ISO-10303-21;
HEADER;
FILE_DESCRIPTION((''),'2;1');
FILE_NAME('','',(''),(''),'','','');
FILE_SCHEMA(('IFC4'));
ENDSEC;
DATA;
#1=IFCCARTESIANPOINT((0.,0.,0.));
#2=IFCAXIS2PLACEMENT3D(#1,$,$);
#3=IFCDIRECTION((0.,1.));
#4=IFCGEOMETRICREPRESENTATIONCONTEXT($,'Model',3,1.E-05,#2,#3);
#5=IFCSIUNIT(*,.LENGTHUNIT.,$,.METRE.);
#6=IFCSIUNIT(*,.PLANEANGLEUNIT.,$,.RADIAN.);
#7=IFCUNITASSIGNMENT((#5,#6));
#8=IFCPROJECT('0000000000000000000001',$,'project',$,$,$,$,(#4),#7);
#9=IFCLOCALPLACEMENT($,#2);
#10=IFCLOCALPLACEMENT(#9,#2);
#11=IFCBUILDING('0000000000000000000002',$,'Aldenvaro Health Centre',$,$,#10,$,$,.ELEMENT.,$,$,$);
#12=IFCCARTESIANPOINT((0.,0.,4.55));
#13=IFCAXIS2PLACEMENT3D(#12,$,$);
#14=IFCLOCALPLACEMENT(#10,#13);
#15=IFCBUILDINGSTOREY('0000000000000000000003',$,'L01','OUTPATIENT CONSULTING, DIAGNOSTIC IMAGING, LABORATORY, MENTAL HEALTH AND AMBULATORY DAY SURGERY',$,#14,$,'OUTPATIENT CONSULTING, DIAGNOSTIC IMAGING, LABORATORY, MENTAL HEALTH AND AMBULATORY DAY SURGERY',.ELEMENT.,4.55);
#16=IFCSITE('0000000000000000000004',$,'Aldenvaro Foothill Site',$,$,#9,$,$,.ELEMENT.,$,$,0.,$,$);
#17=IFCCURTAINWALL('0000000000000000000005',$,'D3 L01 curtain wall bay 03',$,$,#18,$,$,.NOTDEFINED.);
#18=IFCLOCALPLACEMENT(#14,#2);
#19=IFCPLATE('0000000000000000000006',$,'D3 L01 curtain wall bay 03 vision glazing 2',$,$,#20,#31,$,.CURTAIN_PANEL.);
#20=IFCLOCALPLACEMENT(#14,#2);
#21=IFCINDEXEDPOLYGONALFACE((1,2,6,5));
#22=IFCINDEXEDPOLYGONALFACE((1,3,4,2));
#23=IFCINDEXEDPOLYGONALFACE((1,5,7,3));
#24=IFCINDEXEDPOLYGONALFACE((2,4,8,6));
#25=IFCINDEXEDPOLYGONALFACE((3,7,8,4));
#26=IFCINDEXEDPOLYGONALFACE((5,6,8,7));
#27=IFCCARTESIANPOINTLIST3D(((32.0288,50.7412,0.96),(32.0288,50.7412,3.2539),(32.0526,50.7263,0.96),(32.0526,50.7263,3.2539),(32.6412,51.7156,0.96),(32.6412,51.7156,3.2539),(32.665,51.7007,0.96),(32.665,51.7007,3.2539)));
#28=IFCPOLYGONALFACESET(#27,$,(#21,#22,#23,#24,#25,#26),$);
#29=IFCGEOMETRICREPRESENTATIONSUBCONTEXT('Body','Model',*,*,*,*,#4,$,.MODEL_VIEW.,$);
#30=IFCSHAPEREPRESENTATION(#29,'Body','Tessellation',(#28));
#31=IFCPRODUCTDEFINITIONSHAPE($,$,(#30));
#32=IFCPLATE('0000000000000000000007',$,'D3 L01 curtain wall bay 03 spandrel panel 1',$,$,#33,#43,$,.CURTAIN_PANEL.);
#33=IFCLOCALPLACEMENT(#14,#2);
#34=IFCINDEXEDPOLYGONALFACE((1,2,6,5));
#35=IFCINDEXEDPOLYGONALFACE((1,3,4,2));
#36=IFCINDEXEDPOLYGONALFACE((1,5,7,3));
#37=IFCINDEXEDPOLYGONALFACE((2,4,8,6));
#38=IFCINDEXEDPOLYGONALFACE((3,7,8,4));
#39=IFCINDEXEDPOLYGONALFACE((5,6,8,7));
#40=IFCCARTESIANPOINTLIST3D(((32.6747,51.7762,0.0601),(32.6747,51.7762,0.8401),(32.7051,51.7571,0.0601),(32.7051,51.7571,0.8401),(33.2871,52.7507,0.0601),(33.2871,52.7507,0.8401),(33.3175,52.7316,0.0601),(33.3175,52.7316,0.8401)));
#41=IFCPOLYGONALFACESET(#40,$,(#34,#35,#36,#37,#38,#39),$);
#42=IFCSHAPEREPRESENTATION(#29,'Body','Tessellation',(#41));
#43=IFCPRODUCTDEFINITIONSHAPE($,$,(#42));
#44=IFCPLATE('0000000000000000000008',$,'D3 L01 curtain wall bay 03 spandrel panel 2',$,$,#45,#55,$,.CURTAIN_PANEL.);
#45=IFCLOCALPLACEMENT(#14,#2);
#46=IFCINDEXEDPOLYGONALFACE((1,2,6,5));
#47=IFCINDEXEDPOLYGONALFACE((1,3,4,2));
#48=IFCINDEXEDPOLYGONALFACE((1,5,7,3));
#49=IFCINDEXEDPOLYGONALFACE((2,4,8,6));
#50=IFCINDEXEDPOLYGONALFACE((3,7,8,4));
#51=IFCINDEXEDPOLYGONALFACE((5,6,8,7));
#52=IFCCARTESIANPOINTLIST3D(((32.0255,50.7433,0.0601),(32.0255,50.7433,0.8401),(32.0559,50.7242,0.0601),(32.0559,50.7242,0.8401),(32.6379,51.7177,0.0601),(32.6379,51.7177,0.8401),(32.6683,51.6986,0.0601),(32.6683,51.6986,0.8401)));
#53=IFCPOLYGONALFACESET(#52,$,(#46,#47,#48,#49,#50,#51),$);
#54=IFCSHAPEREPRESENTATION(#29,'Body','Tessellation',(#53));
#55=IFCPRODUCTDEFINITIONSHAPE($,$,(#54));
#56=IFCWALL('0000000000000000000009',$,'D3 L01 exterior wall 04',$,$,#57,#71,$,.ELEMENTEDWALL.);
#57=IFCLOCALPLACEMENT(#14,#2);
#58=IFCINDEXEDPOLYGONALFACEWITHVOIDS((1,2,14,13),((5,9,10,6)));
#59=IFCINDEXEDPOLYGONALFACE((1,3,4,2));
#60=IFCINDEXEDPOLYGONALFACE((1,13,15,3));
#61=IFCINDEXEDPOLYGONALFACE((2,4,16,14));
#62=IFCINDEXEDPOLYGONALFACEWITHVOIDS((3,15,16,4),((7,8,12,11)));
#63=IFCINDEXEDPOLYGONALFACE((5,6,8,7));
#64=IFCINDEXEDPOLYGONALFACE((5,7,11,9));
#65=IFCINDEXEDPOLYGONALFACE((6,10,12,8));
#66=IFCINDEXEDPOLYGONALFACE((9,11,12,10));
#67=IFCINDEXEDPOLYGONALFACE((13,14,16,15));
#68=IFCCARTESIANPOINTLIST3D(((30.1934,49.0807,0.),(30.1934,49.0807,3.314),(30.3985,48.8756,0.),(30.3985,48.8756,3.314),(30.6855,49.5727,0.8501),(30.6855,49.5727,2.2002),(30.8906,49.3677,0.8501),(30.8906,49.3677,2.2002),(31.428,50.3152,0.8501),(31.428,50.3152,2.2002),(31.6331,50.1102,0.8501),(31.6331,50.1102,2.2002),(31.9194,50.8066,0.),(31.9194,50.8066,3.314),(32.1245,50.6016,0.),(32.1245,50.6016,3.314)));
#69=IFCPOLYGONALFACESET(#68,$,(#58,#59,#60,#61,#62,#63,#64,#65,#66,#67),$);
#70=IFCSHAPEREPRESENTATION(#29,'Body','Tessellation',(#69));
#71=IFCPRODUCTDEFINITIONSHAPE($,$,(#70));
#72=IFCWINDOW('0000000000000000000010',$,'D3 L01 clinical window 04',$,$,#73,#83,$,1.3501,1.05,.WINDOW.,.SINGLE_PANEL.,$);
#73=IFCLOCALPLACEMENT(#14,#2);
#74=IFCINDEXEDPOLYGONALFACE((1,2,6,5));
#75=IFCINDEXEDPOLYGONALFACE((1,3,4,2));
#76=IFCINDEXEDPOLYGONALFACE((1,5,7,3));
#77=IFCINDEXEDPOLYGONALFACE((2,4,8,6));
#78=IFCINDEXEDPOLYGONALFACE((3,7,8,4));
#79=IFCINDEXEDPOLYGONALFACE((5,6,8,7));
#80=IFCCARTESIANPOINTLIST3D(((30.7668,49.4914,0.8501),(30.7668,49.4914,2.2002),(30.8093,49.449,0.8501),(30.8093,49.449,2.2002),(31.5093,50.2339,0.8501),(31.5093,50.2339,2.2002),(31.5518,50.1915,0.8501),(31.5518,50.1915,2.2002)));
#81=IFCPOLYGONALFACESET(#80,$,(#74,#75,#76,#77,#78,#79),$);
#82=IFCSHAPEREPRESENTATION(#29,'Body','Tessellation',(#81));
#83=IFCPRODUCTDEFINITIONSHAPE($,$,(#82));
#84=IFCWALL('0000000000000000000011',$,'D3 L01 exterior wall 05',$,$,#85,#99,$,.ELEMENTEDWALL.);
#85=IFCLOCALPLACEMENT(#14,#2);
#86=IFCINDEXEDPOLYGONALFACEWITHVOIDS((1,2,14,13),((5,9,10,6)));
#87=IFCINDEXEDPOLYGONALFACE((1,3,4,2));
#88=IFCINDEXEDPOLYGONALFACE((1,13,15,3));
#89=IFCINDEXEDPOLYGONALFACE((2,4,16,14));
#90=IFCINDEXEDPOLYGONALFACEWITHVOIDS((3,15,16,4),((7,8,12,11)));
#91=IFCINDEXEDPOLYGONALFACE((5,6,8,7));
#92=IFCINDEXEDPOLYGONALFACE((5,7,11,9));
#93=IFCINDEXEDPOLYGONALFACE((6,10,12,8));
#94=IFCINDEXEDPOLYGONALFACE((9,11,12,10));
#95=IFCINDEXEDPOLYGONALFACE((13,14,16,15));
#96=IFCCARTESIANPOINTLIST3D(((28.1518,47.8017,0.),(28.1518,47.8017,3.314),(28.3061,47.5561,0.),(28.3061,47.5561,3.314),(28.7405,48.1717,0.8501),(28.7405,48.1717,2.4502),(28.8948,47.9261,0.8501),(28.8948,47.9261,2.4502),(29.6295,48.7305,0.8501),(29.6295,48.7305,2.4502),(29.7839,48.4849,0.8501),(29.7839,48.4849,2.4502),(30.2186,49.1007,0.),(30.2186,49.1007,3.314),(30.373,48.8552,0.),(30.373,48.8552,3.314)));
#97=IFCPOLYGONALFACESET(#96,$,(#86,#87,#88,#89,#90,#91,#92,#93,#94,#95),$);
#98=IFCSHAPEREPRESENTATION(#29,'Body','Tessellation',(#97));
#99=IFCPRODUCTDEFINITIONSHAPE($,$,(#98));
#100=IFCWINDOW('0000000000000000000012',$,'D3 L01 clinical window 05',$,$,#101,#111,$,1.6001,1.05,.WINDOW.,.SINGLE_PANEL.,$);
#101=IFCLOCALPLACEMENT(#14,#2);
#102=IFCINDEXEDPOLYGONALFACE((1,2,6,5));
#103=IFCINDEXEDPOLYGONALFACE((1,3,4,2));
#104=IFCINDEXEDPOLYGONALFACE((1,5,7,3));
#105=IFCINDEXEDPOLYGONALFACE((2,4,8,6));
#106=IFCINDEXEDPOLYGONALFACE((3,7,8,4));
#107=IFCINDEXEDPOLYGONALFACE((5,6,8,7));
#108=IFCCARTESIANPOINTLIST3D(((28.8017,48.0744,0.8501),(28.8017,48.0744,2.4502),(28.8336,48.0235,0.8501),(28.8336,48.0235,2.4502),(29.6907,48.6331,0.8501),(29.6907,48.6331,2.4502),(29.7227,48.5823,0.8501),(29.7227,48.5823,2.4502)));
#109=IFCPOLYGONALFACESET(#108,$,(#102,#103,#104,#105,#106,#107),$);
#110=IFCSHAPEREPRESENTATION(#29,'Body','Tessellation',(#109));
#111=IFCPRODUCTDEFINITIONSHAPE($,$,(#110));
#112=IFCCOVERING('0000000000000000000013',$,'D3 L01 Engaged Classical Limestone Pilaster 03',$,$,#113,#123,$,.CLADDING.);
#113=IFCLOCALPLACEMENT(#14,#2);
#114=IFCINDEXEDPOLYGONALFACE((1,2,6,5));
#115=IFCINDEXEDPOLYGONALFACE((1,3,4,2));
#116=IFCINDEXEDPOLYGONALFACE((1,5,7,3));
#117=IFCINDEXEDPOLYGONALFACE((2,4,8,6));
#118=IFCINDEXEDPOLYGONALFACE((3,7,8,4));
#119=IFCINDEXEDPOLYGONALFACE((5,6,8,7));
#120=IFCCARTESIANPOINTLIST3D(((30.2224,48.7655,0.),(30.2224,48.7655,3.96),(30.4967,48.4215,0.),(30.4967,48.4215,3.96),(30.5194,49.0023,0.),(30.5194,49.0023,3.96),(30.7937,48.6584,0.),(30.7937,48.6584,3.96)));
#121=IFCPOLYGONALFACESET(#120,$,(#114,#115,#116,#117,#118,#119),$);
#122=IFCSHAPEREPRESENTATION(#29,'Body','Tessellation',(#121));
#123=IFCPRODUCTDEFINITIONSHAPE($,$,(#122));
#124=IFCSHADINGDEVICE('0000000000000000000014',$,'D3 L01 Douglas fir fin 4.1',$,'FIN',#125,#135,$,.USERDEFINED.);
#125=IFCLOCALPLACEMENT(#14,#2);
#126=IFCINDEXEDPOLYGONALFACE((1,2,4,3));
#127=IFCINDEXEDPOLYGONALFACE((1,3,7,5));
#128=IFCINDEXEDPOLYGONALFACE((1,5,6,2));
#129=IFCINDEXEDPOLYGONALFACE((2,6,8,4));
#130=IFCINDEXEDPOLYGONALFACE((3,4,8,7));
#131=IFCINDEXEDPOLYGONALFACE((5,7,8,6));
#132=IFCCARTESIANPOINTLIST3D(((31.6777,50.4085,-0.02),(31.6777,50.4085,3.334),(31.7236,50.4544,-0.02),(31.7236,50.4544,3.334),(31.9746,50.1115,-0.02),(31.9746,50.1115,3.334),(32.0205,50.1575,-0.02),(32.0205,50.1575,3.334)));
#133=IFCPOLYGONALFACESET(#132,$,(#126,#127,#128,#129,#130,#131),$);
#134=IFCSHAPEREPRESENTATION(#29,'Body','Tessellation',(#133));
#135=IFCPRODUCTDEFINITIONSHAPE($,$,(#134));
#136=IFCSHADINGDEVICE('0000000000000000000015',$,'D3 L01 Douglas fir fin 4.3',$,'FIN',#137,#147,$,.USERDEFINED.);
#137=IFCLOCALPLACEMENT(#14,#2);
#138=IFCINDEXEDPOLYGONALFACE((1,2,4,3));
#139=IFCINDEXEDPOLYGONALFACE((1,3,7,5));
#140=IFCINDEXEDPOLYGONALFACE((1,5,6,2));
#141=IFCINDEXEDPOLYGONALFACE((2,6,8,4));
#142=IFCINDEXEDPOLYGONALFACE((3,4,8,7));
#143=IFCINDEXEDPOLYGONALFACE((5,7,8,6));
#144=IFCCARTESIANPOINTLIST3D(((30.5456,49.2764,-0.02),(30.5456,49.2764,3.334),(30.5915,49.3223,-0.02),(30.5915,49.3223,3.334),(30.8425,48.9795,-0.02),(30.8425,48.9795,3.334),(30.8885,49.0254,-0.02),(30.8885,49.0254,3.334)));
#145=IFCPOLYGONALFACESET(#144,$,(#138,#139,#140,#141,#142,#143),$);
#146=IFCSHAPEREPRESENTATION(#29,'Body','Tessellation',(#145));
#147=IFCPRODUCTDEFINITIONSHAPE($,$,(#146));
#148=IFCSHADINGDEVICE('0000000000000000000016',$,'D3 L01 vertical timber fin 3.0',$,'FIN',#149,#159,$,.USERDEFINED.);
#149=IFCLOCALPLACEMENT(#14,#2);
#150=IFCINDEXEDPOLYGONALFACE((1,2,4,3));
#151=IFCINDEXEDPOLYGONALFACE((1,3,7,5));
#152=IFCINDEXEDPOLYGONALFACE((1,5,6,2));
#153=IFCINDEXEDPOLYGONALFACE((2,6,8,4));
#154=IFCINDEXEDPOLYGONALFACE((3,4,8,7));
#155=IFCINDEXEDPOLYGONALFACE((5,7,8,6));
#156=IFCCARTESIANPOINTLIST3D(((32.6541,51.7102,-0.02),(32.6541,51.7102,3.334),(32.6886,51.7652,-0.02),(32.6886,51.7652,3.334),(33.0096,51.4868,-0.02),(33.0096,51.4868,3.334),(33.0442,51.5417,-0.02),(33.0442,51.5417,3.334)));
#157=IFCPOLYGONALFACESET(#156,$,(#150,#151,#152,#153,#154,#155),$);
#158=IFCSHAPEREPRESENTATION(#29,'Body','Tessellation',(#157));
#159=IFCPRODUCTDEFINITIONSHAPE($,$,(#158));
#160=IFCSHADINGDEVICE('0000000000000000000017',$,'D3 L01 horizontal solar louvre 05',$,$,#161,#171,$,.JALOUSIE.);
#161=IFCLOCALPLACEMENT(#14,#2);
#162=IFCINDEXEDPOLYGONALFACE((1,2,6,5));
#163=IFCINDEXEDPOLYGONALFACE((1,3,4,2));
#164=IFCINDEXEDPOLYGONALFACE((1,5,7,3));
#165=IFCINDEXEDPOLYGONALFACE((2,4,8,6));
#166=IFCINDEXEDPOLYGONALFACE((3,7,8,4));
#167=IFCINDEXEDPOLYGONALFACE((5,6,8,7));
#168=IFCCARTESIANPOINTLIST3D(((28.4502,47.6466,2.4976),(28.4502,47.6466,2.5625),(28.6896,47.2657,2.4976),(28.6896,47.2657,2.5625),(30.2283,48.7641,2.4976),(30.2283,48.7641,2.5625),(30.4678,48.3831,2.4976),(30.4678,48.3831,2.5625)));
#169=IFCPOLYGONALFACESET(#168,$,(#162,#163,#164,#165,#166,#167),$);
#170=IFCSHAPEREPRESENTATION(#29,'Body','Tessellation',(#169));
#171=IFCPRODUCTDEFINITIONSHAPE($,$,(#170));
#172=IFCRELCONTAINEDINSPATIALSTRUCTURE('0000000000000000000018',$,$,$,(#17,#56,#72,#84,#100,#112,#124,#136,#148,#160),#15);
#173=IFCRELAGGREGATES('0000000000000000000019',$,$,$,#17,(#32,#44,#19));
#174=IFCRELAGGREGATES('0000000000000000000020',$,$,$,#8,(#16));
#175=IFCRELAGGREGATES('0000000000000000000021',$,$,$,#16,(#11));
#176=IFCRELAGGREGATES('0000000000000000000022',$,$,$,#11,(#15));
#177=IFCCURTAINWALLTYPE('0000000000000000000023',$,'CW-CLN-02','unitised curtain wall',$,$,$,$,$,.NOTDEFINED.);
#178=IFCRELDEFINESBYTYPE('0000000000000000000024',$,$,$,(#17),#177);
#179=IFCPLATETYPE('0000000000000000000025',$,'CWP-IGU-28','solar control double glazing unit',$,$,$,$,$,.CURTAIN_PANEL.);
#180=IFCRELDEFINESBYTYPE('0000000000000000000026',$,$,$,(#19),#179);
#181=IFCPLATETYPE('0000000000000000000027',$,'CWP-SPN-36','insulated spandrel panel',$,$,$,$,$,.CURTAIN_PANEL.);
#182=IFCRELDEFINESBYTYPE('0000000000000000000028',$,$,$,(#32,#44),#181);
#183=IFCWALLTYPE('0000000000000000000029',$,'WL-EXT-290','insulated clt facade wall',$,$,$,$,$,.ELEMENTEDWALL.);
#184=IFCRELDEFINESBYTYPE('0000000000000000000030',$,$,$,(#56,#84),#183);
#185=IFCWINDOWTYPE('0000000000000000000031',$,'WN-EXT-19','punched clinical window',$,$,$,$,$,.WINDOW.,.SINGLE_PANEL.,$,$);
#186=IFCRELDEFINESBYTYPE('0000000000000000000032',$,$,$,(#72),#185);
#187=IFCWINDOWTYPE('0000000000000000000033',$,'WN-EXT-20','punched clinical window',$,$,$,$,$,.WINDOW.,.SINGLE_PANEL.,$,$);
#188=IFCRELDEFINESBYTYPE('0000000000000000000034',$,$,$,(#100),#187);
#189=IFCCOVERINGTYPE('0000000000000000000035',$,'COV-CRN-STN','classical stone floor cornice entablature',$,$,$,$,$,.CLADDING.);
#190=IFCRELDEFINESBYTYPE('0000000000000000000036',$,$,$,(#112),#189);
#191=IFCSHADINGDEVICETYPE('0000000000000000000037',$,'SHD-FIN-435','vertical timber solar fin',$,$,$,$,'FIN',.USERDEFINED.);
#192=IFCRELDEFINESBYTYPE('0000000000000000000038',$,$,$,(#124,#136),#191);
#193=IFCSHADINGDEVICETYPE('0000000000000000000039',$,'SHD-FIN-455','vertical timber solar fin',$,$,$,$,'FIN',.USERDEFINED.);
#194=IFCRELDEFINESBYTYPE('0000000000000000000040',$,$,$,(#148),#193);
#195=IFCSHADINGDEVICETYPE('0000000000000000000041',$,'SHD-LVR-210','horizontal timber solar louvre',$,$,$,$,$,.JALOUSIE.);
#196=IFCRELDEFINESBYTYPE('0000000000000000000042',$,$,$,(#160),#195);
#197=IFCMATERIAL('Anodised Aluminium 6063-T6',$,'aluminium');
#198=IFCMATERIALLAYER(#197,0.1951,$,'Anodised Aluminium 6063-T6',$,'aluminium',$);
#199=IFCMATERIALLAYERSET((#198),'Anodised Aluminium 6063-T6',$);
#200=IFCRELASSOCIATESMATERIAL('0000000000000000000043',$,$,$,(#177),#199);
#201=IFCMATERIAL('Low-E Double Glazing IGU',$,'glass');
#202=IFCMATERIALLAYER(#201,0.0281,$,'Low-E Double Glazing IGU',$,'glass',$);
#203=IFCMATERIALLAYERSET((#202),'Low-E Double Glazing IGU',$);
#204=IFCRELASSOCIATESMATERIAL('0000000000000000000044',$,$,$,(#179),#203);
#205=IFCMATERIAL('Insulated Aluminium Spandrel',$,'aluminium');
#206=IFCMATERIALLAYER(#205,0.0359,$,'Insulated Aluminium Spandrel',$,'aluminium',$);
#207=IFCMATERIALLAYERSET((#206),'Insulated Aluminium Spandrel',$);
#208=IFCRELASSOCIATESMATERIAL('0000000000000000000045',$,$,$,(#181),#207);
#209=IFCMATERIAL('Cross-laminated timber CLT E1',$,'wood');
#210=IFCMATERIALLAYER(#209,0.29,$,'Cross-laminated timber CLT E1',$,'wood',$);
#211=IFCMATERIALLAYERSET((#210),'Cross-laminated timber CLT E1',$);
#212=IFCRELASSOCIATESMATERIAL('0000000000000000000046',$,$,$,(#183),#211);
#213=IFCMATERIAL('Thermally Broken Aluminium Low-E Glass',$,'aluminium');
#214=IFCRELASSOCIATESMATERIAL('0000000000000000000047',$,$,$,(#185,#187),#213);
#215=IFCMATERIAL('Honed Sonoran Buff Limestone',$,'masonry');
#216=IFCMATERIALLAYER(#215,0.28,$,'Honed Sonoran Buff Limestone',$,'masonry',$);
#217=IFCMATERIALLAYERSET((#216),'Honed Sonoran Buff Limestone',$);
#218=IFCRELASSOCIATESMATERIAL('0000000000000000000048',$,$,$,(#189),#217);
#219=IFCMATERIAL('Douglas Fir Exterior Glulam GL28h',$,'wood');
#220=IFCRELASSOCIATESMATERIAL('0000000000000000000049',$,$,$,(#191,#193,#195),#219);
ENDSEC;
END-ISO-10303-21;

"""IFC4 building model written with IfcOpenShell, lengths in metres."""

from ifc_helpers import new_model, si_unit, direction, frame, frame_2d, origin, origin_2d, place, context, subcontext, project, spatial, rectangle, extrude, material, layer, layer_set, type_object, element, fill, aggregate, save


model = new_model("IFC4")

# Units and contexts
model_context = context("Model", 3, precision=1e-05, world=origin(), true_north=direction((0.0, 1.0)))
body_context = subcontext(model_context, "Body", "Model", "MODEL_VIEW")
ifc_project = project(units=[si_unit("LENGTHUNIT", "METRE"), si_unit("PLANEANGLEUNIT", "RADIAN")], contexts=[model_context])

# Site, building, storey
site_placement = place(None, origin())
site = spatial("IfcSite", under=ifc_project, at=site_placement, Name="Aldenvaro Foothill Site", CompositionType="ELEMENT", RefElevation=0.0)
building_placement = place(site_placement, origin())
building = spatial("IfcBuilding", under=site, at=building_placement, Name="Aldenvaro Health Centre", CompositionType="ELEMENT")
storey_placement = place(building_placement, frame((0.0, 0.0, 4.55)))
storey = spatial("IfcBuildingStorey", under=building, at=storey_placement, Name="L01", Description="OUTPATIENT CONSULTING, DIAGNOSTIC IMAGING, LABORATORY, MENTAL HEALTH AND AMBULATORY DAY SURGERY", LongName="OUTPATIENT CONSULTING, DIAGNOSTIC IMAGING, LABORATORY, MENTAL HEALTH AND AMBULATORY DAY SURGERY", CompositionType="ELEMENT", Elevation=4.55)

# Curtain wall
ifc_material_1 = material(Name="Anodised Aluminium 6063-T6", Category="aluminium")
ifc_layer_1 = layer(ifc_material_1, 0.1951, Name="Anodised Aluminium 6063-T6", Category="aluminium")
ifc_layer_set_1 = layer_set([ifc_layer_1], Name="Anodised Aluminium 6063-T6")
curtain_wall_type = type_object("IfcCurtainWallType", Name="CW-CLN-02", Description="unitised curtain wall", PredefinedType="NOTDEFINED", material=ifc_layer_set_1)
curtain_wall_placement = place(storey_placement, origin())
curtain_wall = element("IfcCurtainWall", 1, at=curtain_wall_placement, inside=storey, type_object=curtain_wall_type, Name="D3 L01 curtain wall bay 03", PredefinedType="NOTDEFINED")

# Plates
ifc_material_2 = material(Name="Low-E Double Glazing IGU", Category="glass")
ifc_layer_2 = layer(ifc_material_2, 0.0281, Name="Low-E Double Glazing IGU", Category="glass")
ifc_layer_set_2 = layer_set([ifc_layer_2], Name="Low-E Double Glazing IGU")
plate_type_1 = type_object("IfcPlateType", Name="CWP-IGU-28", Description="solar control double glazing unit", PredefinedType="CURTAIN_PANEL", material=ifc_layer_set_2)
plate_1_placement = place(storey_placement, frame((32.3469, 51.2209, 0.96), z_axis=(0.0, 0.0, 1.0), x_axis=(-0.532096, -0.846684, 0.0)))
plate_1 = element("IfcPlate", 2, at=plate_1_placement, type_object=plate_type_1, Name="D3 L01 curtain wall bay 03 vision glazing 2", PredefinedType="CURTAIN_PANEL", context=body_context, shape_type="SweptSolid", body=[
    extrude(rectangle(XDim=1.1509, YDim=0.0281, at=origin_2d()), origin(), (0.0, 0.0, 1.0), 2.2939),
])
ifc_material_3 = material(Name="Insulated Aluminium Spandrel", Category="aluminium")
ifc_layer_3 = layer(ifc_material_3, 0.0359, Name="Insulated Aluminium Spandrel", Category="aluminium")
ifc_layer_set_3 = layer_set([ifc_layer_3], Name="Insulated Aluminium Spandrel")
plate_type_2 = type_object("IfcPlateType", Name="CWP-SPN-36", Description="insulated spandrel panel", PredefinedType="CURTAIN_PANEL", material=ifc_layer_set_3)
plate_2_placement = place(storey_placement, frame((32.9961, 52.2539, 0.0601), z_axis=(0.0, 0.0, 1.0), x_axis=(-0.532096, -0.846684, 0.0)))
plate_2 = element("IfcPlate", 3, at=plate_2_placement, type_object=plate_type_2, Name="D3 L01 curtain wall bay 03 spandrel panel 1", PredefinedType="CURTAIN_PANEL", context=body_context, shape_type="SweptSolid", body=[
    extrude(rectangle(XDim=1.1509, YDim=0.0359, at=origin_2d()), origin(), (0.0, 0.0, 1.0), 0.78),
])
plate_3_placement = place(storey_placement, frame((32.3469, 51.2209, 0.0601), z_axis=(0.0, 0.0, 1.0), x_axis=(-0.532096, -0.846684, 0.0)))
plate_3 = element("IfcPlate", 4, at=plate_3_placement, type_object=plate_type_2, Name="D3 L01 curtain wall bay 03 spandrel panel 2", PredefinedType="CURTAIN_PANEL", context=body_context, shape_type="SweptSolid", body=[
    extrude(rectangle(XDim=1.1509, YDim=0.0359, at=origin_2d()), origin(), (0.0, 0.0, 1.0), 0.78),
])
aggregate(curtain_wall, [plate_2, plate_3, plate_1])

# Walls, openings, windows
ifc_material_4 = material(Name="Cross-laminated timber CLT E1", Category="wood")
ifc_layer_4 = layer(ifc_material_4, 0.29, Name="Cross-laminated timber CLT E1", Category="wood")
ifc_layer_set_4 = layer_set([ifc_layer_4], Name="Cross-laminated timber CLT E1")
wall_type = type_object("IfcWallType", Name="WL-EXT-290", Description="insulated clt facade wall", PredefinedType="ELEMENTEDWALL", material=ifc_layer_set_4)
wall_1_placement = place(storey_placement, frame((32.022, 50.7041, 0.0), z_axis=(0.0, 0.0, 1.0), x_axis=(-0.707107, -0.707107, 0.0)))
wall_1 = element("IfcWall", 5, at=wall_1_placement, inside=storey, type_object=wall_type, Name="D3 L01 exterior wall 04", PredefinedType="ELEMENTEDWALL", context=body_context, shape_type="SweptSolid", body=[
    extrude(rectangle(XDim=2.4409, YDim=0.29, at=frame_2d((1.2205, 0.0))), origin(), (0.0, 0.0, 1.0), 3.314),
])
opening_1_placement = place(wall_1_placement, frame((0.6951, 0.0, 0.8501)))
opening_1 = element("IfcOpeningElement", 6, at=opening_1_placement, cuts=wall_1, PredefinedType="OPENING", context=body_context, shape_type="SweptSolid", body=[
    extrude(rectangle(XDim=1.05, YDim=1.3501, at=frame_2d((0.5249, 0.675))), frame((0.0, 0.155, 0.0), z_axis=(0.0, -1.0, 0.0), x_axis=(1.0, 0.0, 0.0)), (0.0, 0.0, 1.0), 0.3101),
])
ifc_material_5 = material(Name="Thermally Broken Aluminium Low-E Glass", Category="aluminium")
window_type_1 = type_object("IfcWindowType", Name="WN-EXT-19", Description="punched clinical window", PartitioningType="SINGLE_PANEL", PredefinedType="WINDOW", material=ifc_material_5)
window_1_placement = place(opening_1_placement, origin())
window_1 = element("IfcWindow", 7, at=window_1_placement, inside=storey, type_object=window_type_1, Name="D3 L01 clinical window 04", OverallHeight=1.3501, OverallWidth=1.05, PartitioningType="SINGLE_PANEL", PredefinedType="WINDOW", context=body_context, shape_type="SweptSolid", body=[
    extrude(rectangle(XDim=1.05, YDim=1.3501, at=frame_2d((0.5249, 0.675))), frame((0.0, 0.03, 0.0), z_axis=(0.0, -1.0, 0.0), x_axis=(1.0, 0.0, 0.0)), (0.0, 0.0, 1.0), 0.0601),
])
fill(opening_1, window_1)
wall_2_placement = place(storey_placement, frame((30.2959, 48.978, 0.0), z_axis=(0.0, 0.0, 1.0), x_axis=(-0.846658, -0.532137, 0.0)))
wall_2 = element("IfcWall", 8, at=wall_2_placement, inside=storey, type_object=wall_type, Name="D3 L01 exterior wall 05", PredefinedType="ELEMENTEDWALL", context=body_context, shape_type="SweptSolid", body=[
    extrude(rectangle(XDim=2.4412, YDim=0.29, at=frame_2d((1.2207, 0.0))), origin(), (0.0, 0.0, 1.0), 3.314),
])
opening_2_placement = place(wall_2_placement, frame((0.696, 0.0, 0.8501)))
opening_2 = element("IfcOpeningElement", 9, at=opening_2_placement, cuts=wall_2, PredefinedType="OPENING", context=body_context, shape_type="SweptSolid", body=[
    extrude(rectangle(XDim=1.05, YDim=1.6001, at=frame_2d((0.5249, 0.8))), frame((0.0, 0.155, 0.0), z_axis=(0.0, -1.0, 0.0), x_axis=(1.0, 0.0, 0.0)), (0.0, 0.0, 1.0), 0.3101),
])
window_type_2 = type_object("IfcWindowType", Name="WN-EXT-20", Description="punched clinical window", PartitioningType="SINGLE_PANEL", PredefinedType="WINDOW", material=ifc_material_5)
window_2_placement = place(opening_2_placement, origin())
window_2 = element("IfcWindow", 10, at=window_2_placement, inside=storey, type_object=window_type_2, Name="D3 L01 clinical window 05", OverallHeight=1.6001, OverallWidth=1.05, PartitioningType="SINGLE_PANEL", PredefinedType="WINDOW", context=body_context, shape_type="SweptSolid", body=[
    extrude(rectangle(XDim=1.05, YDim=1.6001, at=frame_2d((0.5249, 0.8))), frame((0.0, 0.03, 0.0), z_axis=(0.0, -1.0, 0.0), x_axis=(1.0, 0.0, 0.0)), (0.0, 0.0, 1.0), 0.0601),
])
fill(opening_2, window_2)

# Covering
ifc_material_6 = material(Name="Honed Sonoran Buff Limestone", Category="masonry")
ifc_layer_5 = layer(ifc_material_6, 0.28, Name="Honed Sonoran Buff Limestone", Category="masonry")
ifc_layer_set_5 = layer_set([ifc_layer_5], Name="Honed Sonoran Buff Limestone")
covering_type = type_object("IfcCoveringType", Name="COV-CRN-STN", Description="classical stone floor cornice entablature", PredefinedType="CLADDING", material=ifc_layer_set_5)
covering_placement = place(storey_placement, frame((30.5081, 48.7119, 0.0), z_axis=(0.0, 0.0, 1.0), x_axis=(0.623486, -0.781835, 0.0)))
element("IfcCovering", 11, at=covering_placement, inside=storey, type_object=covering_type, Name="D3 L01 Engaged Classical Limestone Pilaster 03", PredefinedType="CLADDING", context=body_context, shape_type="SweptSolid", body=[
    extrude(rectangle(XDim=0.4399, YDim=0.3799, at=origin_2d()), origin(), (0.0, 0.0, 1.0), 3.96),
])

# Shading devices
ifc_material_7 = material(Name="Douglas Fir Exterior Glulam GL28h", Category="wood")
shading_device_type_1 = type_object("IfcShadingDeviceType", Name="SHD-FIN-435", Description="vertical timber solar fin", ElementType="FIN", PredefinedType="USERDEFINED", material=ifc_material_7)
for number, where, z_axis, x_axis, name in (
    (12, (31.8491, 50.283, -0.02), (0.0, 0.0, 1.0), (-0.707107, -0.707107, 0.0), "D3 L01 Douglas fir fin 4.1"),
    (13, (30.717, 49.1509, -0.02), (0.0, 0.0, 1.0), (-0.707107, -0.707107, 0.0), "D3 L01 Douglas fir fin 4.3"),
):
    element("IfcShadingDevice", number, at=place(storey_placement, frame(where, z_axis=z_axis, x_axis=x_axis)), inside=storey, type_object=shading_device_type_1, Name=name, ObjectType="FIN", PredefinedType="USERDEFINED", context=body_context, shape_type="SweptSolid", body=[
        extrude(rectangle(XDim=0.0649, YDim=0.4199, at=origin_2d()), origin(), (0.0, 0.0, 1.0), 3.354),
    ])
shading_device_type_2 = type_object("IfcShadingDeviceType", Name="SHD-FIN-455", Description="vertical timber solar fin", ElementType="FIN", PredefinedType="USERDEFINED", material=ifc_material_7)
shading_device_1_placement = place(storey_placement, frame((32.8491, 51.626, -0.02), z_axis=(0.0, 0.0, 1.0), x_axis=(-0.532096, -0.846684, 0.0)))
element("IfcShadingDevice", 14, at=shading_device_1_placement, inside=storey, type_object=shading_device_type_2, Name="D3 L01 vertical timber fin 3.0", ObjectType="FIN", PredefinedType="USERDEFINED", context=body_context, shape_type="SweptSolid", body=[
    extrude(rectangle(XDim=0.0649, YDim=0.4199, at=origin_2d()), origin(), (0.0, 0.0, 1.0), 3.354),
])
shading_device_type_3 = type_object("IfcShadingDeviceType", Name="SHD-LVR-210", Description="horizontal timber solar louvre", PredefinedType="JALOUSIE", material=ifc_material_7)
shading_device_2_placement = place(storey_placement, frame((29.459, 48.0149, 2.4976), z_axis=(0.0, 0.0, 1.0), x_axis=(-0.846684, -0.532096, 0.0)))
element("IfcShadingDevice", 15, at=shading_device_2_placement, inside=storey, type_object=shading_device_type_3, Name="D3 L01 horizontal solar louvre 05", PredefinedType="JALOUSIE", context=body_context, shape_type="SweptSolid", body=[
    extrude(rectangle(XDim=2.1001, YDim=0.45, at=origin_2d()), origin(), (0.0, 0.0, 1.0), 0.0649),
])

save(model, "model.ifc")
